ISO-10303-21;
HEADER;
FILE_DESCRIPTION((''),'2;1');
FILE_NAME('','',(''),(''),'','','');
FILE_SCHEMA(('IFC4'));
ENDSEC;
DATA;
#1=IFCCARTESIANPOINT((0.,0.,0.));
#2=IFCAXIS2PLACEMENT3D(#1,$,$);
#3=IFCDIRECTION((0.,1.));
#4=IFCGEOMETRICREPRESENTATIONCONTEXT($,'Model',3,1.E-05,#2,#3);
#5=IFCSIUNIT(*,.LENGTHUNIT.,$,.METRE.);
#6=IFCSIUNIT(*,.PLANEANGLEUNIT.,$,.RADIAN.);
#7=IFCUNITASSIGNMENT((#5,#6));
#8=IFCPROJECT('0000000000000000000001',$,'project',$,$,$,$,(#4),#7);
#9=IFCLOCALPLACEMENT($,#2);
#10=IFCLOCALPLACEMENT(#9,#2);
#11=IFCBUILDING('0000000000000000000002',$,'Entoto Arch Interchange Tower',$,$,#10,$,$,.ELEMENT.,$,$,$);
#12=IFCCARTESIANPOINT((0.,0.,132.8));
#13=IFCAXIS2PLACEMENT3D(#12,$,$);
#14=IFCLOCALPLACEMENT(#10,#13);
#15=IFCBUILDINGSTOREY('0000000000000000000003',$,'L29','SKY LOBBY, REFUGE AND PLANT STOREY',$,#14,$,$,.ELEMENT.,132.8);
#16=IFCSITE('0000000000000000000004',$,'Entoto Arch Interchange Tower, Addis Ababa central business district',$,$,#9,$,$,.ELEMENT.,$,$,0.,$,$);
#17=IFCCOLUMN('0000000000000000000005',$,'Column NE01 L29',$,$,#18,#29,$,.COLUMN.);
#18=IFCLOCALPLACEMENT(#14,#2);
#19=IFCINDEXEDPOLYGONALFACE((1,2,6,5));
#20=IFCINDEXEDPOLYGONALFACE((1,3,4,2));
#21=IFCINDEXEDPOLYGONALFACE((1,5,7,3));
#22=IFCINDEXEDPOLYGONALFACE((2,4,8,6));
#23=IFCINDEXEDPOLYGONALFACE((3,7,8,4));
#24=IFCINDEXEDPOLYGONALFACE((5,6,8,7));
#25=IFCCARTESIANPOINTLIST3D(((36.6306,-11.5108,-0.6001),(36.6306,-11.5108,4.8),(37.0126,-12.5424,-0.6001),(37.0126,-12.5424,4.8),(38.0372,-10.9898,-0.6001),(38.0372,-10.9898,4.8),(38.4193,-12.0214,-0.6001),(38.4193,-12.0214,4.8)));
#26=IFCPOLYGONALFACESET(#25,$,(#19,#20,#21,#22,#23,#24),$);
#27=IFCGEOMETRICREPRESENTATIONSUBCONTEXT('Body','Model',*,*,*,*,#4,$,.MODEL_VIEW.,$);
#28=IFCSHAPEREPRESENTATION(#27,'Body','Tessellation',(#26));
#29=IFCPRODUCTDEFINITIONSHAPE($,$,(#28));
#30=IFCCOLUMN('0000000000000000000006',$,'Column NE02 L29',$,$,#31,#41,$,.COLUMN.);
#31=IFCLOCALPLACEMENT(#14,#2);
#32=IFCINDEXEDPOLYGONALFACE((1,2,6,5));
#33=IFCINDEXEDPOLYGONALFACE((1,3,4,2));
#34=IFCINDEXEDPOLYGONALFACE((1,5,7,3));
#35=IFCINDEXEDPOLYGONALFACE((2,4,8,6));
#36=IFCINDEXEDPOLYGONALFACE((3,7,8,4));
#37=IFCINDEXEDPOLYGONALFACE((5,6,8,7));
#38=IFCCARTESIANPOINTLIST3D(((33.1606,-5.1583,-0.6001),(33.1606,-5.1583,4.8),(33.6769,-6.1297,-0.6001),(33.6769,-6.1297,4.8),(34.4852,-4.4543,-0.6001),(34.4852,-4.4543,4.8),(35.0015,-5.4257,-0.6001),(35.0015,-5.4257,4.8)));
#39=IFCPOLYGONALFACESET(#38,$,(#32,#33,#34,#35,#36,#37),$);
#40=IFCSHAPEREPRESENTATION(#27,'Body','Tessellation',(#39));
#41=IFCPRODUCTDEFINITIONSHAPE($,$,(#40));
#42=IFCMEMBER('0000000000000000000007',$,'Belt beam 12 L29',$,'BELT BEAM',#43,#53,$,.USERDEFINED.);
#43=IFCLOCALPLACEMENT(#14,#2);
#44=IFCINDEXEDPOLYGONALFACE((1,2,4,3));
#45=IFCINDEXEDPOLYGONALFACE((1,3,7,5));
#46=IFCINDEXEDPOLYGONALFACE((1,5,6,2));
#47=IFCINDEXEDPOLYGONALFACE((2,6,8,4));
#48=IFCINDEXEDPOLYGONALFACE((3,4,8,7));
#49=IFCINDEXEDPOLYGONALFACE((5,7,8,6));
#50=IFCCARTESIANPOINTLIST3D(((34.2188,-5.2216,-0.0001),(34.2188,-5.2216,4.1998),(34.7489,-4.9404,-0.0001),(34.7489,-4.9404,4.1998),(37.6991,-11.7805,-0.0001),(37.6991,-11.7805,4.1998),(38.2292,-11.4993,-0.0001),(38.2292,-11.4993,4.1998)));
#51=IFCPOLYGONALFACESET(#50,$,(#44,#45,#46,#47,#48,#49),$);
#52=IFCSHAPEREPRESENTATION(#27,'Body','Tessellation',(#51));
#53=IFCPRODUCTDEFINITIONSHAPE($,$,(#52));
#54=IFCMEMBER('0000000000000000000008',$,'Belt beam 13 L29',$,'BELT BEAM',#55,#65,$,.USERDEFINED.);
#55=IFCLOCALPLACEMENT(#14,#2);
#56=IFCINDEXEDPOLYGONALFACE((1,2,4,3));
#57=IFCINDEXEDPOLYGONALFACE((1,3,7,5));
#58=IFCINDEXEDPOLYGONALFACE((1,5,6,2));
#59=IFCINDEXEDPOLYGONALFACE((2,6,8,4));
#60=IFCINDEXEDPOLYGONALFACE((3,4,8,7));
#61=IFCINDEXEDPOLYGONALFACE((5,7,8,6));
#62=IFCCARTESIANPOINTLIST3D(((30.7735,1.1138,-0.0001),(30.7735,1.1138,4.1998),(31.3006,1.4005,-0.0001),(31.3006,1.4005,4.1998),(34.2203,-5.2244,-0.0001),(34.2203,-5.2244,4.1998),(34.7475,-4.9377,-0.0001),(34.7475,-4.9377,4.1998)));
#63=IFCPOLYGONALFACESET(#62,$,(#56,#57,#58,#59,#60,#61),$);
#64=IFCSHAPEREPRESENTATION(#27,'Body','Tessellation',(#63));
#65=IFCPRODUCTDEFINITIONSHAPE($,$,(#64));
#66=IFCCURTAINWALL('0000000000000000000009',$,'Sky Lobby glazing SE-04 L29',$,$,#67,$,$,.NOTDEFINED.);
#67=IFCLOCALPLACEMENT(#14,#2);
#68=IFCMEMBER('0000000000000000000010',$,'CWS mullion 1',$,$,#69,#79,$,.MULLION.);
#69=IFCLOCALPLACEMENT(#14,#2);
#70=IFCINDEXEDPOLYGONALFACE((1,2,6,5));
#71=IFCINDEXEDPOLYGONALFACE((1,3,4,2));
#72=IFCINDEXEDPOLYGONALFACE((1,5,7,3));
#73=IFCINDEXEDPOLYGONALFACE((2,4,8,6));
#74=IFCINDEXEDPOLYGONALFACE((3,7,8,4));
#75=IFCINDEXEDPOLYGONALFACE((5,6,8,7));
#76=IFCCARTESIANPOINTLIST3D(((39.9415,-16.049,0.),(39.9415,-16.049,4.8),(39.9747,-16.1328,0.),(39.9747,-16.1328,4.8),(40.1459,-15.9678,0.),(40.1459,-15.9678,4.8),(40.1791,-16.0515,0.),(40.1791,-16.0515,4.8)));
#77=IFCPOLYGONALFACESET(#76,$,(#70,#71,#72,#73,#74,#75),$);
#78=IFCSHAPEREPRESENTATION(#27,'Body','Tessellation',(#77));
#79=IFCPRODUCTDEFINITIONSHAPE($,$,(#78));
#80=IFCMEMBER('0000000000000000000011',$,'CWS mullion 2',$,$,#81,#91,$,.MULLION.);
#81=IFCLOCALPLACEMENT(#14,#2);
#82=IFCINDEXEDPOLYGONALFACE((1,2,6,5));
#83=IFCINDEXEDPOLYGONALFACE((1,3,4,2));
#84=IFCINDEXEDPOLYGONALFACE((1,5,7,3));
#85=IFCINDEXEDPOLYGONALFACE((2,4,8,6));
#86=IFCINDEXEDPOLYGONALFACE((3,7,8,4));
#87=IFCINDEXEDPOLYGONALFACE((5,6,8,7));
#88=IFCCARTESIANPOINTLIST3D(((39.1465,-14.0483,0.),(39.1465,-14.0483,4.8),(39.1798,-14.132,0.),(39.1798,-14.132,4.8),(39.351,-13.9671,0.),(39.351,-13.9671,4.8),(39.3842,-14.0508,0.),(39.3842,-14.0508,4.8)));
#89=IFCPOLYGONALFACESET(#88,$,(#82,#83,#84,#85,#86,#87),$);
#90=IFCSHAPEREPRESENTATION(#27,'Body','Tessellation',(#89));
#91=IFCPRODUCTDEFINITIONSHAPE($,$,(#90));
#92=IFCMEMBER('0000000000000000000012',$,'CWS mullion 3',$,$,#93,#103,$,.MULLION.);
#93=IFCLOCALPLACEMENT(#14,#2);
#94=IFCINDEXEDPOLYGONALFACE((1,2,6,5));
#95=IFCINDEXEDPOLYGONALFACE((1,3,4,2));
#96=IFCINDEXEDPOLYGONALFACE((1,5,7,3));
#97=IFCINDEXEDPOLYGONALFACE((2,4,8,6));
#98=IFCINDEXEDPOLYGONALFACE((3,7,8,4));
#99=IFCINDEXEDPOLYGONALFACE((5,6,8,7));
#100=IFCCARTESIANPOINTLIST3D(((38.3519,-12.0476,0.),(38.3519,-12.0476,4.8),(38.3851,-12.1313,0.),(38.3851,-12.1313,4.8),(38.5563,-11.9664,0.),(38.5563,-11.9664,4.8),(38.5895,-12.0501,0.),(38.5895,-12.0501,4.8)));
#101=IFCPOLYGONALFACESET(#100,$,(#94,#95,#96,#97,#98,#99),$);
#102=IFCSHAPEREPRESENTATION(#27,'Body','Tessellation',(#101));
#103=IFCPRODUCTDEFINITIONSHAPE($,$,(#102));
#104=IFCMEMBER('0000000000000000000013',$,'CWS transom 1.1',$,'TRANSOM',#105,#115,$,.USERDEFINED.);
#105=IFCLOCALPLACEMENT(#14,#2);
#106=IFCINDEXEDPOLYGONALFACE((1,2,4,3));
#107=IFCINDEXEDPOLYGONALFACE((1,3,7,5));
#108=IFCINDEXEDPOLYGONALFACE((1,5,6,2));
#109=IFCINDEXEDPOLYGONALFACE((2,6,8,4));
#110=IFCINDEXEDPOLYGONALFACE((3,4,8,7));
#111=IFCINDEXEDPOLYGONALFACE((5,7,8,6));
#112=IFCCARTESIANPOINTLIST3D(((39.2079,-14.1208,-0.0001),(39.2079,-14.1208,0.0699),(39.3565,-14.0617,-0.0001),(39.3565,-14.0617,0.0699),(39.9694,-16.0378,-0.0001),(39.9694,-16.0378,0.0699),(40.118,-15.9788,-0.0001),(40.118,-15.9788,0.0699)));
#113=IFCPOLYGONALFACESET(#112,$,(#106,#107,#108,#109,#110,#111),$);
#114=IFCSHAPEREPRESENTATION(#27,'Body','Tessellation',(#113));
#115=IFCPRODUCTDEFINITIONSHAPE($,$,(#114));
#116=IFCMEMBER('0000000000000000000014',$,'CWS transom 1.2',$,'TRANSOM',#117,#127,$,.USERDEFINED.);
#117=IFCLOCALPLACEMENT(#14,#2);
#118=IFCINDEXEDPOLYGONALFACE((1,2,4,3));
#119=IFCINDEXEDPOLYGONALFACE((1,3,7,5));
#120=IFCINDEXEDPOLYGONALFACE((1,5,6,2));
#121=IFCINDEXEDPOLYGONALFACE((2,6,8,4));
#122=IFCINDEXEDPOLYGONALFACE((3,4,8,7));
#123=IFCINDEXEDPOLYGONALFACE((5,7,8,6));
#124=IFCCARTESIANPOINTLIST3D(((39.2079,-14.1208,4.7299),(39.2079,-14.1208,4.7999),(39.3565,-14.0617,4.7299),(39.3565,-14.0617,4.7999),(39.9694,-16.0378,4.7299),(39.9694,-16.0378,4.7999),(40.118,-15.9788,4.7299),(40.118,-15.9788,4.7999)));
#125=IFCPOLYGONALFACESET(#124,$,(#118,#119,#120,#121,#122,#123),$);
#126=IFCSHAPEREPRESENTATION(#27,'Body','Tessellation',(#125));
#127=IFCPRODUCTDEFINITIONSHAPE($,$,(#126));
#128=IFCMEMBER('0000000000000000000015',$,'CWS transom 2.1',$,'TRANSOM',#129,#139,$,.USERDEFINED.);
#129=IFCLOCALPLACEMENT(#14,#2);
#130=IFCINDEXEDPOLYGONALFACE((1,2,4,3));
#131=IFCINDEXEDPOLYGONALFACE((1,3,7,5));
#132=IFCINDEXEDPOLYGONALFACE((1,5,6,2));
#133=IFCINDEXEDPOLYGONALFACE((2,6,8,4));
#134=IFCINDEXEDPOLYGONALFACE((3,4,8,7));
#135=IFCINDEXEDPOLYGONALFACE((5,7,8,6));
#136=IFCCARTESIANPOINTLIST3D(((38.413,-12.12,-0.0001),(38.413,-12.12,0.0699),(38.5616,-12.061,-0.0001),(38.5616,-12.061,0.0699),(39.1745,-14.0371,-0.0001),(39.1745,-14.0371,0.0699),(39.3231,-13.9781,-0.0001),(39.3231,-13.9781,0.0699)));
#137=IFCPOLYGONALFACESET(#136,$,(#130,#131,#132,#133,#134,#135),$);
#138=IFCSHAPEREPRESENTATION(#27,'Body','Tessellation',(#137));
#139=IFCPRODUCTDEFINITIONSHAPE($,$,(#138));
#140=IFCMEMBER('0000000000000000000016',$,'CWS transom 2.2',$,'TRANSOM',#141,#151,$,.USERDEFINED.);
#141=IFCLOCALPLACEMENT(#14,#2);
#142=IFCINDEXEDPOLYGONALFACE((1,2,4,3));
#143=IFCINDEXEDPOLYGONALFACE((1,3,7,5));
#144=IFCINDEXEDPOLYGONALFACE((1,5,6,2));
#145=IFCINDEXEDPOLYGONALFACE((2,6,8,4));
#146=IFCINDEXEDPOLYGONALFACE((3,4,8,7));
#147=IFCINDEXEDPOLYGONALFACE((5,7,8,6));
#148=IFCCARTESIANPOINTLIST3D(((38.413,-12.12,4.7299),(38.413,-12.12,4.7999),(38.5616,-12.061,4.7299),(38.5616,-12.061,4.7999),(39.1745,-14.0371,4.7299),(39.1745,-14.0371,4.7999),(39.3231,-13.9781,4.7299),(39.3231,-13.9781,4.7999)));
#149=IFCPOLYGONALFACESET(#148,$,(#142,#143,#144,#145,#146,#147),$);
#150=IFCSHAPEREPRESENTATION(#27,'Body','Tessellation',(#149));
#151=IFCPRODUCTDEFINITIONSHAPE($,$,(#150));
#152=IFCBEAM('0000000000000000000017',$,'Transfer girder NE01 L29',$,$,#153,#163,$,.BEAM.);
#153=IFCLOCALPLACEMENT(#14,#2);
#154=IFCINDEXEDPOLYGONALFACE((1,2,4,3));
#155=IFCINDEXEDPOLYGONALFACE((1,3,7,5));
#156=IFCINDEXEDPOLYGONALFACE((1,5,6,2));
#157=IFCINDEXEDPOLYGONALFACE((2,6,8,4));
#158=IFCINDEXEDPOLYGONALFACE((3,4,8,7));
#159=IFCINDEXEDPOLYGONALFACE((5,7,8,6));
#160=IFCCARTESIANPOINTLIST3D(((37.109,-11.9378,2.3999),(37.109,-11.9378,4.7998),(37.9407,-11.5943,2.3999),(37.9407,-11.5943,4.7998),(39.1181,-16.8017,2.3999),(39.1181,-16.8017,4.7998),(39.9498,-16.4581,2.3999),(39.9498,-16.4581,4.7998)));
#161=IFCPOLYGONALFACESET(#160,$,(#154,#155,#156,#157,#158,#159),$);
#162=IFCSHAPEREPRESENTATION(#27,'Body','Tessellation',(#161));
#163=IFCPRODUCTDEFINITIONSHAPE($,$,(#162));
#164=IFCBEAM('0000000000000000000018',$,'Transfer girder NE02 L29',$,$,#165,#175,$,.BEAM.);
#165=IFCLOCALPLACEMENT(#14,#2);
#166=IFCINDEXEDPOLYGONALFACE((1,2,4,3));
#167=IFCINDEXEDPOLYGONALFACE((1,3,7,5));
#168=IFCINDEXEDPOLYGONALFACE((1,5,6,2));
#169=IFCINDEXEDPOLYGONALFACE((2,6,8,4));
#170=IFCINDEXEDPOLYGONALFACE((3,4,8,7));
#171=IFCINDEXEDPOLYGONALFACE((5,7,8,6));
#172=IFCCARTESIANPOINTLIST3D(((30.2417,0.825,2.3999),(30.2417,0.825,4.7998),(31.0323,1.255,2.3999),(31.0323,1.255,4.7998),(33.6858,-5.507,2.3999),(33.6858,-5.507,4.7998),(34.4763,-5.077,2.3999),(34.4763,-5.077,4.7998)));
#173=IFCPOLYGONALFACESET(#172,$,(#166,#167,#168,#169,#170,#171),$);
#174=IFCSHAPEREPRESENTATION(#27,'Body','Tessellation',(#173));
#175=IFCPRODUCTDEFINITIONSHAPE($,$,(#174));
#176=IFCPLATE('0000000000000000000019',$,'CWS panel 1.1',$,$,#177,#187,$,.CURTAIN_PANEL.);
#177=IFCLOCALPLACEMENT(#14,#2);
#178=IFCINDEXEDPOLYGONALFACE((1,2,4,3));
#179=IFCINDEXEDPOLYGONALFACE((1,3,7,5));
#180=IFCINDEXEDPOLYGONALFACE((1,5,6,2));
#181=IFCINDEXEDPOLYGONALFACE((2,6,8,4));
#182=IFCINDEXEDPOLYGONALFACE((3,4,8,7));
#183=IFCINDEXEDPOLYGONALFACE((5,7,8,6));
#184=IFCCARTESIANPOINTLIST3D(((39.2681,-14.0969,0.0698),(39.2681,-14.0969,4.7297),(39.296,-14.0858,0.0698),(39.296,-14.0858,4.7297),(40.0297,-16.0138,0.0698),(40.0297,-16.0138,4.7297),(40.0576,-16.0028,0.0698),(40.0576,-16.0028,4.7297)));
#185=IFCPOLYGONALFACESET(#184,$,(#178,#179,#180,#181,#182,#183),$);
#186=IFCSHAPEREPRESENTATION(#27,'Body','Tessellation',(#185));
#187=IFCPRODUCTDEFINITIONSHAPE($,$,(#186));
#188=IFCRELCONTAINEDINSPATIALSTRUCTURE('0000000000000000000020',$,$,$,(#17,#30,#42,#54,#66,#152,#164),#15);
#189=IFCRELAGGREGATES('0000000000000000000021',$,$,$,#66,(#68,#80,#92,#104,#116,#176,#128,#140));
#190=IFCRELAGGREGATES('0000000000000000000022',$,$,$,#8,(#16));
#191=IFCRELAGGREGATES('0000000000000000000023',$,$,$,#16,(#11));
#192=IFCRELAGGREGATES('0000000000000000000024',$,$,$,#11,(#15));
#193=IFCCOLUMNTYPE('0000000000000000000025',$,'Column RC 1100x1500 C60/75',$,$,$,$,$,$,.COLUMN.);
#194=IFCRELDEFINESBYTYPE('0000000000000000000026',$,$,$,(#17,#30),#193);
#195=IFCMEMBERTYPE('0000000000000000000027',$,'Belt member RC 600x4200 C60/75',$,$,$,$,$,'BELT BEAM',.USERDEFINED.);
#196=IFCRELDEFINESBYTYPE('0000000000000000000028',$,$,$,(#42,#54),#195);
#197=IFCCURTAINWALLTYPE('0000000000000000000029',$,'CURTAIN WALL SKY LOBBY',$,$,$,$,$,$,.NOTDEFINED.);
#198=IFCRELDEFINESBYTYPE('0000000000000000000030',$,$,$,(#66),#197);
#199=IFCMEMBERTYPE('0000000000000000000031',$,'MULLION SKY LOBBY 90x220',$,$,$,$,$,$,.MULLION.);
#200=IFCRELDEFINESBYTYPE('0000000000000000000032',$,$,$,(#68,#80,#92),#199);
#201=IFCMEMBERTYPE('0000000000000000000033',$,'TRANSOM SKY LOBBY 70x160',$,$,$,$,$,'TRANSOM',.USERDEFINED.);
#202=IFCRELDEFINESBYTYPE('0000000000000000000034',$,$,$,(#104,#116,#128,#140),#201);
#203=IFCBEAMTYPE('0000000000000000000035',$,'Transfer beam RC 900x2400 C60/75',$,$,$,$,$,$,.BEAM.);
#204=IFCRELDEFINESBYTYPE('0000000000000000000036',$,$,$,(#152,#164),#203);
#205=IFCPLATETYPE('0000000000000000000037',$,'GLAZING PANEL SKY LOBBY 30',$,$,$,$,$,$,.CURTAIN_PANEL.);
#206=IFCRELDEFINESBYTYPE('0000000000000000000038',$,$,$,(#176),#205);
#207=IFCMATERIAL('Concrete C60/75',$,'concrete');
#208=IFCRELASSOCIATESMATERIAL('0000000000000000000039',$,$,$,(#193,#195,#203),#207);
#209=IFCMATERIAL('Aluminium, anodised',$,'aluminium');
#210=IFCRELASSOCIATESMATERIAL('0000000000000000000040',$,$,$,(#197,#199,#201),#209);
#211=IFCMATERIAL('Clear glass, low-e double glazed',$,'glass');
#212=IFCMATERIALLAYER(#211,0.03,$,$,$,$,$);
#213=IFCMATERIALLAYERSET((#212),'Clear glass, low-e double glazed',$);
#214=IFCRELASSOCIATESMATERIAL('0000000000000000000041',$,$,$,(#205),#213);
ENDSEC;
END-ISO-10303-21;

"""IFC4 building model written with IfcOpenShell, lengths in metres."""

from ifc_helpers import new_model, si_unit, direction, frame, origin, origin_2d, place, context, subcontext, project, spatial, rectangle, extrude, material, layer, layer_set, material_profile, profile_set, type_object, element, aggregate, save


model = new_model("IFC4")

# Units and contexts
model_context = context("Model", 3, precision=1e-05, world=origin(), true_north=direction((0.0, 1.0)))
body_context = subcontext(model_context, "Body", "Model", "MODEL_VIEW")
ifc_project = project(units=[si_unit("LENGTHUNIT", "METRE"), si_unit("PLANEANGLEUNIT", "RADIAN")], contexts=[model_context])

# Site, building, storey
site_placement = place(None, origin())
site = spatial("IfcSite", under=ifc_project, at=site_placement, Name="Entoto Arch Interchange Tower, Addis Ababa central business district", CompositionType="ELEMENT", RefElevation=0.0)
building_placement = place(site_placement, origin())
building = spatial("IfcBuilding", under=site, at=building_placement, Name="Entoto Arch Interchange Tower", CompositionType="ELEMENT")
storey_placement = place(building_placement, frame((0.0, 0.0, 132.8)))
storey = spatial("IfcBuildingStorey", under=building, at=storey_placement, Name="L29", Description="SKY LOBBY, REFUGE AND PLANT STOREY", CompositionType="ELEMENT", Elevation=132.8)

# Columns
ifc_material_1 = material(Name="Concrete C60/75", Category="concrete")
ifc_material_profile_1 = material_profile(ifc_material_1, rectangle(XDim=1.1001, YDim=1.5, at=origin_2d()))
ifc_profile_set_1 = profile_set([ifc_material_profile_1], Name="Concrete C60/75")
column_type = type_object("IfcColumnType", Name="Column RC 1100x1500 C60/75", PredefinedType="COLUMN", material=ifc_profile_set_1)
for number, where, z_axis, x_axis, name in (
    (1, (37.5249, -11.7661, -0.6001), (0.0, 0.0, 1.0), (-0.347312, 0.93775, 0.0), "Column NE01 L29"),
    (2, (34.0811, -5.292, -0.6001), (0.0, 0.0, 1.0), (-0.469333, 0.883021, 0.0), "Column NE02 L29"),
):
    element("IfcColumn", number, at=place(storey_placement, frame(where, z_axis=z_axis, x_axis=x_axis)), inside=storey, type_object=column_type, Name=name, PredefinedType="COLUMN", context=body_context, shape_type="SweptSolid", body=[
        extrude(rectangle(XDim=1.1001, YDim=1.5, at=origin_2d()), origin(), (0.0, 0.0, 1.0), 5.4001),
    ])

# Members
ifc_material_profile_2 = material_profile(ifc_material_1, rectangle(XDim=0.6001, YDim=4.2, at=origin_2d()))
ifc_profile_set_2 = profile_set([ifc_material_profile_2], Name="Concrete C60/75")
member_type_1 = type_object("IfcMemberType", Name="Belt member RC 600x4200 C60/75", ElementType="BELT BEAM", PredefinedType="USERDEFINED", material=ifc_profile_set_2)
member_1_placement = place(storey_placement, frame((37.9641, -11.6399, 2.0999), z_axis=(-0.468718, 0.883348, 0.0), x_axis=(-0.883348, -0.468718, 0.0)))
element("IfcMember", 3, at=member_1_placement, inside=storey, type_object=member_type_1, Name="Belt beam 12 L29", ObjectType="BELT BEAM", PredefinedType="USERDEFINED", context=body_context, shape_type="SweptSolid", body=[
    extrude(rectangle(XDim=0.6001, YDim=4.2, at=origin_2d()), origin(), (0.0, 0.0, 1.0), 7.425),
])
member_2_placement = place(storey_placement, frame((34.4839, -5.0811, 2.0999), z_axis=(-0.477742, 0.8785, 0.0), x_axis=(-0.8785, -0.477742, 0.0)))
element("IfcMember", 4, at=member_2_placement, inside=storey, type_object=member_type_1, Name="Belt beam 13 L29", ObjectType="BELT BEAM", PredefinedType="USERDEFINED", context=body_context, shape_type="SweptSolid", body=[
    extrude(rectangle(XDim=0.6001, YDim=4.2, at=origin_2d()), origin(), (0.0, 0.0, 1.0), 7.2148),
])

# Curtain wall, members
ifc_material_2 = material(Name="Aluminium, anodised", Category="aluminium")
curtain_wall_type = type_object("IfcCurtainWallType", Name="CURTAIN WALL SKY LOBBY", PredefinedType="NOTDEFINED", material=ifc_material_2)
curtain_wall_placement = place(storey_placement, origin())
curtain_wall = element("IfcCurtainWall", 5, at=curtain_wall_placement, inside=storey, type_object=curtain_wall_type, Name="Sky Lobby glazing SE-04 L29", PredefinedType="NOTDEFINED")
ifc_material_profile_3 = material_profile(ifc_material_2, rectangle(XDim=0.22, YDim=0.0901, at=origin_2d()))
ifc_profile_set_3 = profile_set([ifc_material_profile_3], Name="Aluminium, anodised")
member_type_2 = type_object("IfcMemberType", Name="MULLION SKY LOBBY 90x220", PredefinedType="MULLION", material=ifc_profile_set_3)
member_3_placement = place(storey_placement, frame((40.0603, -16.0503, 0.0), z_axis=(0.0, 0.0, 1.0), x_axis=(-0.929337, -0.369232, 0.0)))
member_3 = element("IfcMember", 6, at=member_3_placement, type_object=member_type_2, Name="CWS mullion 1", PredefinedType="MULLION", context=body_context, shape_type="SweptSolid", body=[
    extrude(rectangle(XDim=0.22, YDim=0.0901, at=origin_2d()), origin(), (0.0, 0.0, 1.0), 4.8),
])
member_4_placement = place(storey_placement, frame((39.2654, -14.0496, 0.0), z_axis=(0.0, 0.0, 1.0), x_axis=(-0.929337, -0.369232, 0.0)))
member_4 = element("IfcMember", 7, at=member_4_placement, type_object=member_type_2, Name="CWS mullion 2", PredefinedType="MULLION", context=body_context, shape_type="SweptSolid", body=[
    extrude(rectangle(XDim=0.22, YDim=0.0901, at=origin_2d()), origin(), (0.0, 0.0, 1.0), 4.8),
])
member_5_placement = place(storey_placement, frame((38.4707, -12.0488, 0.0), z_axis=(0.0, 0.0, 1.0), x_axis=(-0.929337, -0.369232, 0.0)))
member_5 = element("IfcMember", 8, at=member_5_placement, type_object=member_type_2, Name="CWS mullion 3", PredefinedType="MULLION", context=body_context, shape_type="SweptSolid", body=[
    extrude(rectangle(XDim=0.22, YDim=0.0901, at=origin_2d()), origin(), (0.0, 0.0, 1.0), 4.8),
])
ifc_material_profile_4 = material_profile(ifc_material_2, rectangle(XDim=0.1599, YDim=0.0701, at=origin_2d()))
ifc_profile_set_4 = profile_set([ifc_material_profile_4], Name="Aluminium, anodised")
member_type_3 = type_object("IfcMemberType", Name="TRANSOM SKY LOBBY 70x160", ElementType="TRANSOM", PredefinedType="USERDEFINED", material=ifc_profile_set_4)
member_6_placement = place(storey_placement, frame((40.0437, -16.0083, 0.0349), z_axis=(-0.369165, 0.929364, 0.0), x_axis=(-0.929364, -0.369165, 0.0)))
member_6 = element("IfcMember", 9, at=member_6_placement, type_object=member_type_3, Name="CWS transom 1.1", ObjectType="TRANSOM", PredefinedType="USERDEFINED", context=body_context, shape_type="SweptSolid", body=[
    extrude(rectangle(XDim=0.1599, YDim=0.0701, at=origin_2d()), origin(), (0.0, 0.0, 1.0), 2.0627),
])
member_7_placement = place(storey_placement, frame((40.0437, -16.0083, 4.7649), z_axis=(-0.369165, 0.929364, 0.0), x_axis=(-0.929364, -0.369165, 0.0)))
member_7 = element("IfcMember", 10, at=member_7_placement, type_object=member_type_3, Name="CWS transom 1.2", ObjectType="TRANSOM", PredefinedType="USERDEFINED", context=body_context, shape_type="SweptSolid", body=[
    extrude(rectangle(XDim=0.1599, YDim=0.0701, at=origin_2d()), origin(), (0.0, 0.0, 1.0), 2.0627),
])
member_8_placement = place(storey_placement, frame((39.2488, -14.0076, 0.0349), z_axis=(-0.369165, 0.929364, 0.0), x_axis=(-0.929364, -0.369165, 0.0)))
member_8 = element("IfcMember", 11, at=member_8_placement, type_object=member_type_3, Name="CWS transom 2.1", ObjectType="TRANSOM", PredefinedType="USERDEFINED", context=body_context, shape_type="SweptSolid", body=[
    extrude(rectangle(XDim=0.1599, YDim=0.0701, at=origin_2d()), origin(), (0.0, 0.0, 1.0), 2.0627),
])
member_9_placement = place(storey_placement, frame((39.2488, -14.0076, 4.7649), z_axis=(-0.369165, 0.929364, 0.0), x_axis=(-0.929364, -0.369165, 0.0)))
member_9 = element("IfcMember", 12, at=member_9_placement, type_object=member_type_3, Name="CWS transom 2.2", ObjectType="TRANSOM", PredefinedType="USERDEFINED", context=body_context, shape_type="SweptSolid", body=[
    extrude(rectangle(XDim=0.1599, YDim=0.0701, at=origin_2d()), origin(), (0.0, 0.0, 1.0), 2.0627),
])

# Beams
ifc_material_profile_5 = material_profile(ifc_material_1, rectangle(XDim=0.8999, YDim=2.3999, at=origin_2d()))
ifc_profile_set_5 = profile_set([ifc_material_profile_5], Name="Concrete C60/75")
beam_type = type_object("IfcBeamType", Name="Transfer beam RC 900x2400 C60/75", PredefinedType="BEAM", material=ifc_profile_set_5)
beam_1_placement = place(storey_placement, frame((39.5339, -16.6299, 3.5999), z_axis=(-0.381774, 0.924256, 0.0), x_axis=(-0.924256, -0.381774, 0.0)))
element("IfcBeam", 13, at=beam_1_placement, inside=storey, type_object=beam_type, Name="Transfer girder NE01 L29", PredefinedType="BEAM", context=body_context, shape_type="SweptSolid", body=[
    extrude(rectangle(XDim=0.8999, YDim=2.3999, at=origin_2d()), origin(), (0.0, 0.0, 1.0), 5.2625),
])
beam_2_placement = place(storey_placement, frame((34.0811, -5.292, 3.5999), z_axis=(-0.47781, 0.878463, 0.0), x_axis=(-0.878463, -0.47781, 0.0)))
element("IfcBeam", 14, at=beam_2_placement, inside=storey, type_object=beam_type, Name="Transfer girder NE02 L29", PredefinedType="BEAM", context=body_context, shape_type="SweptSolid", body=[
    extrude(rectangle(XDim=0.8999, YDim=2.3999, at=origin_2d()), origin(), (0.0, 0.0, 1.0), 7.208),
])

# Plate
ifc_material_3 = material(Name="Clear glass, low-e double glazed", Category="glass")
ifc_layer_1 = layer(ifc_material_3, 0.03)
ifc_layer_set_1 = layer_set([ifc_layer_1], Name="Clear glass, low-e double glazed")
plate_type = type_object("IfcPlateType", Name="GLAZING PANEL SKY LOBBY 30", PredefinedType="CURTAIN_PANEL", material=ifc_layer_set_1)
plate_1_placement = place(storey_placement, frame((39.6628, -15.0498, 0.0698), z_axis=(0.0, 0.0, 1.0), x_axis=(-0.369232, 0.929337, 0.0)))
plate_1 = element("IfcPlate", 15, at=plate_1_placement, type_object=plate_type, Name="CWS panel 1.1", PredefinedType="CURTAIN_PANEL", context=body_context, shape_type="SweptSolid", body=[
    extrude(rectangle(XDim=2.0627, YDim=0.03, at=origin_2d()), origin(), (0.0, 0.0, 1.0), 4.6599),
])
aggregate(curtain_wall, [member_3, member_4, member_5, member_6, member_7, plate_1, member_8, member_9])

save(model, "model.ifc")
